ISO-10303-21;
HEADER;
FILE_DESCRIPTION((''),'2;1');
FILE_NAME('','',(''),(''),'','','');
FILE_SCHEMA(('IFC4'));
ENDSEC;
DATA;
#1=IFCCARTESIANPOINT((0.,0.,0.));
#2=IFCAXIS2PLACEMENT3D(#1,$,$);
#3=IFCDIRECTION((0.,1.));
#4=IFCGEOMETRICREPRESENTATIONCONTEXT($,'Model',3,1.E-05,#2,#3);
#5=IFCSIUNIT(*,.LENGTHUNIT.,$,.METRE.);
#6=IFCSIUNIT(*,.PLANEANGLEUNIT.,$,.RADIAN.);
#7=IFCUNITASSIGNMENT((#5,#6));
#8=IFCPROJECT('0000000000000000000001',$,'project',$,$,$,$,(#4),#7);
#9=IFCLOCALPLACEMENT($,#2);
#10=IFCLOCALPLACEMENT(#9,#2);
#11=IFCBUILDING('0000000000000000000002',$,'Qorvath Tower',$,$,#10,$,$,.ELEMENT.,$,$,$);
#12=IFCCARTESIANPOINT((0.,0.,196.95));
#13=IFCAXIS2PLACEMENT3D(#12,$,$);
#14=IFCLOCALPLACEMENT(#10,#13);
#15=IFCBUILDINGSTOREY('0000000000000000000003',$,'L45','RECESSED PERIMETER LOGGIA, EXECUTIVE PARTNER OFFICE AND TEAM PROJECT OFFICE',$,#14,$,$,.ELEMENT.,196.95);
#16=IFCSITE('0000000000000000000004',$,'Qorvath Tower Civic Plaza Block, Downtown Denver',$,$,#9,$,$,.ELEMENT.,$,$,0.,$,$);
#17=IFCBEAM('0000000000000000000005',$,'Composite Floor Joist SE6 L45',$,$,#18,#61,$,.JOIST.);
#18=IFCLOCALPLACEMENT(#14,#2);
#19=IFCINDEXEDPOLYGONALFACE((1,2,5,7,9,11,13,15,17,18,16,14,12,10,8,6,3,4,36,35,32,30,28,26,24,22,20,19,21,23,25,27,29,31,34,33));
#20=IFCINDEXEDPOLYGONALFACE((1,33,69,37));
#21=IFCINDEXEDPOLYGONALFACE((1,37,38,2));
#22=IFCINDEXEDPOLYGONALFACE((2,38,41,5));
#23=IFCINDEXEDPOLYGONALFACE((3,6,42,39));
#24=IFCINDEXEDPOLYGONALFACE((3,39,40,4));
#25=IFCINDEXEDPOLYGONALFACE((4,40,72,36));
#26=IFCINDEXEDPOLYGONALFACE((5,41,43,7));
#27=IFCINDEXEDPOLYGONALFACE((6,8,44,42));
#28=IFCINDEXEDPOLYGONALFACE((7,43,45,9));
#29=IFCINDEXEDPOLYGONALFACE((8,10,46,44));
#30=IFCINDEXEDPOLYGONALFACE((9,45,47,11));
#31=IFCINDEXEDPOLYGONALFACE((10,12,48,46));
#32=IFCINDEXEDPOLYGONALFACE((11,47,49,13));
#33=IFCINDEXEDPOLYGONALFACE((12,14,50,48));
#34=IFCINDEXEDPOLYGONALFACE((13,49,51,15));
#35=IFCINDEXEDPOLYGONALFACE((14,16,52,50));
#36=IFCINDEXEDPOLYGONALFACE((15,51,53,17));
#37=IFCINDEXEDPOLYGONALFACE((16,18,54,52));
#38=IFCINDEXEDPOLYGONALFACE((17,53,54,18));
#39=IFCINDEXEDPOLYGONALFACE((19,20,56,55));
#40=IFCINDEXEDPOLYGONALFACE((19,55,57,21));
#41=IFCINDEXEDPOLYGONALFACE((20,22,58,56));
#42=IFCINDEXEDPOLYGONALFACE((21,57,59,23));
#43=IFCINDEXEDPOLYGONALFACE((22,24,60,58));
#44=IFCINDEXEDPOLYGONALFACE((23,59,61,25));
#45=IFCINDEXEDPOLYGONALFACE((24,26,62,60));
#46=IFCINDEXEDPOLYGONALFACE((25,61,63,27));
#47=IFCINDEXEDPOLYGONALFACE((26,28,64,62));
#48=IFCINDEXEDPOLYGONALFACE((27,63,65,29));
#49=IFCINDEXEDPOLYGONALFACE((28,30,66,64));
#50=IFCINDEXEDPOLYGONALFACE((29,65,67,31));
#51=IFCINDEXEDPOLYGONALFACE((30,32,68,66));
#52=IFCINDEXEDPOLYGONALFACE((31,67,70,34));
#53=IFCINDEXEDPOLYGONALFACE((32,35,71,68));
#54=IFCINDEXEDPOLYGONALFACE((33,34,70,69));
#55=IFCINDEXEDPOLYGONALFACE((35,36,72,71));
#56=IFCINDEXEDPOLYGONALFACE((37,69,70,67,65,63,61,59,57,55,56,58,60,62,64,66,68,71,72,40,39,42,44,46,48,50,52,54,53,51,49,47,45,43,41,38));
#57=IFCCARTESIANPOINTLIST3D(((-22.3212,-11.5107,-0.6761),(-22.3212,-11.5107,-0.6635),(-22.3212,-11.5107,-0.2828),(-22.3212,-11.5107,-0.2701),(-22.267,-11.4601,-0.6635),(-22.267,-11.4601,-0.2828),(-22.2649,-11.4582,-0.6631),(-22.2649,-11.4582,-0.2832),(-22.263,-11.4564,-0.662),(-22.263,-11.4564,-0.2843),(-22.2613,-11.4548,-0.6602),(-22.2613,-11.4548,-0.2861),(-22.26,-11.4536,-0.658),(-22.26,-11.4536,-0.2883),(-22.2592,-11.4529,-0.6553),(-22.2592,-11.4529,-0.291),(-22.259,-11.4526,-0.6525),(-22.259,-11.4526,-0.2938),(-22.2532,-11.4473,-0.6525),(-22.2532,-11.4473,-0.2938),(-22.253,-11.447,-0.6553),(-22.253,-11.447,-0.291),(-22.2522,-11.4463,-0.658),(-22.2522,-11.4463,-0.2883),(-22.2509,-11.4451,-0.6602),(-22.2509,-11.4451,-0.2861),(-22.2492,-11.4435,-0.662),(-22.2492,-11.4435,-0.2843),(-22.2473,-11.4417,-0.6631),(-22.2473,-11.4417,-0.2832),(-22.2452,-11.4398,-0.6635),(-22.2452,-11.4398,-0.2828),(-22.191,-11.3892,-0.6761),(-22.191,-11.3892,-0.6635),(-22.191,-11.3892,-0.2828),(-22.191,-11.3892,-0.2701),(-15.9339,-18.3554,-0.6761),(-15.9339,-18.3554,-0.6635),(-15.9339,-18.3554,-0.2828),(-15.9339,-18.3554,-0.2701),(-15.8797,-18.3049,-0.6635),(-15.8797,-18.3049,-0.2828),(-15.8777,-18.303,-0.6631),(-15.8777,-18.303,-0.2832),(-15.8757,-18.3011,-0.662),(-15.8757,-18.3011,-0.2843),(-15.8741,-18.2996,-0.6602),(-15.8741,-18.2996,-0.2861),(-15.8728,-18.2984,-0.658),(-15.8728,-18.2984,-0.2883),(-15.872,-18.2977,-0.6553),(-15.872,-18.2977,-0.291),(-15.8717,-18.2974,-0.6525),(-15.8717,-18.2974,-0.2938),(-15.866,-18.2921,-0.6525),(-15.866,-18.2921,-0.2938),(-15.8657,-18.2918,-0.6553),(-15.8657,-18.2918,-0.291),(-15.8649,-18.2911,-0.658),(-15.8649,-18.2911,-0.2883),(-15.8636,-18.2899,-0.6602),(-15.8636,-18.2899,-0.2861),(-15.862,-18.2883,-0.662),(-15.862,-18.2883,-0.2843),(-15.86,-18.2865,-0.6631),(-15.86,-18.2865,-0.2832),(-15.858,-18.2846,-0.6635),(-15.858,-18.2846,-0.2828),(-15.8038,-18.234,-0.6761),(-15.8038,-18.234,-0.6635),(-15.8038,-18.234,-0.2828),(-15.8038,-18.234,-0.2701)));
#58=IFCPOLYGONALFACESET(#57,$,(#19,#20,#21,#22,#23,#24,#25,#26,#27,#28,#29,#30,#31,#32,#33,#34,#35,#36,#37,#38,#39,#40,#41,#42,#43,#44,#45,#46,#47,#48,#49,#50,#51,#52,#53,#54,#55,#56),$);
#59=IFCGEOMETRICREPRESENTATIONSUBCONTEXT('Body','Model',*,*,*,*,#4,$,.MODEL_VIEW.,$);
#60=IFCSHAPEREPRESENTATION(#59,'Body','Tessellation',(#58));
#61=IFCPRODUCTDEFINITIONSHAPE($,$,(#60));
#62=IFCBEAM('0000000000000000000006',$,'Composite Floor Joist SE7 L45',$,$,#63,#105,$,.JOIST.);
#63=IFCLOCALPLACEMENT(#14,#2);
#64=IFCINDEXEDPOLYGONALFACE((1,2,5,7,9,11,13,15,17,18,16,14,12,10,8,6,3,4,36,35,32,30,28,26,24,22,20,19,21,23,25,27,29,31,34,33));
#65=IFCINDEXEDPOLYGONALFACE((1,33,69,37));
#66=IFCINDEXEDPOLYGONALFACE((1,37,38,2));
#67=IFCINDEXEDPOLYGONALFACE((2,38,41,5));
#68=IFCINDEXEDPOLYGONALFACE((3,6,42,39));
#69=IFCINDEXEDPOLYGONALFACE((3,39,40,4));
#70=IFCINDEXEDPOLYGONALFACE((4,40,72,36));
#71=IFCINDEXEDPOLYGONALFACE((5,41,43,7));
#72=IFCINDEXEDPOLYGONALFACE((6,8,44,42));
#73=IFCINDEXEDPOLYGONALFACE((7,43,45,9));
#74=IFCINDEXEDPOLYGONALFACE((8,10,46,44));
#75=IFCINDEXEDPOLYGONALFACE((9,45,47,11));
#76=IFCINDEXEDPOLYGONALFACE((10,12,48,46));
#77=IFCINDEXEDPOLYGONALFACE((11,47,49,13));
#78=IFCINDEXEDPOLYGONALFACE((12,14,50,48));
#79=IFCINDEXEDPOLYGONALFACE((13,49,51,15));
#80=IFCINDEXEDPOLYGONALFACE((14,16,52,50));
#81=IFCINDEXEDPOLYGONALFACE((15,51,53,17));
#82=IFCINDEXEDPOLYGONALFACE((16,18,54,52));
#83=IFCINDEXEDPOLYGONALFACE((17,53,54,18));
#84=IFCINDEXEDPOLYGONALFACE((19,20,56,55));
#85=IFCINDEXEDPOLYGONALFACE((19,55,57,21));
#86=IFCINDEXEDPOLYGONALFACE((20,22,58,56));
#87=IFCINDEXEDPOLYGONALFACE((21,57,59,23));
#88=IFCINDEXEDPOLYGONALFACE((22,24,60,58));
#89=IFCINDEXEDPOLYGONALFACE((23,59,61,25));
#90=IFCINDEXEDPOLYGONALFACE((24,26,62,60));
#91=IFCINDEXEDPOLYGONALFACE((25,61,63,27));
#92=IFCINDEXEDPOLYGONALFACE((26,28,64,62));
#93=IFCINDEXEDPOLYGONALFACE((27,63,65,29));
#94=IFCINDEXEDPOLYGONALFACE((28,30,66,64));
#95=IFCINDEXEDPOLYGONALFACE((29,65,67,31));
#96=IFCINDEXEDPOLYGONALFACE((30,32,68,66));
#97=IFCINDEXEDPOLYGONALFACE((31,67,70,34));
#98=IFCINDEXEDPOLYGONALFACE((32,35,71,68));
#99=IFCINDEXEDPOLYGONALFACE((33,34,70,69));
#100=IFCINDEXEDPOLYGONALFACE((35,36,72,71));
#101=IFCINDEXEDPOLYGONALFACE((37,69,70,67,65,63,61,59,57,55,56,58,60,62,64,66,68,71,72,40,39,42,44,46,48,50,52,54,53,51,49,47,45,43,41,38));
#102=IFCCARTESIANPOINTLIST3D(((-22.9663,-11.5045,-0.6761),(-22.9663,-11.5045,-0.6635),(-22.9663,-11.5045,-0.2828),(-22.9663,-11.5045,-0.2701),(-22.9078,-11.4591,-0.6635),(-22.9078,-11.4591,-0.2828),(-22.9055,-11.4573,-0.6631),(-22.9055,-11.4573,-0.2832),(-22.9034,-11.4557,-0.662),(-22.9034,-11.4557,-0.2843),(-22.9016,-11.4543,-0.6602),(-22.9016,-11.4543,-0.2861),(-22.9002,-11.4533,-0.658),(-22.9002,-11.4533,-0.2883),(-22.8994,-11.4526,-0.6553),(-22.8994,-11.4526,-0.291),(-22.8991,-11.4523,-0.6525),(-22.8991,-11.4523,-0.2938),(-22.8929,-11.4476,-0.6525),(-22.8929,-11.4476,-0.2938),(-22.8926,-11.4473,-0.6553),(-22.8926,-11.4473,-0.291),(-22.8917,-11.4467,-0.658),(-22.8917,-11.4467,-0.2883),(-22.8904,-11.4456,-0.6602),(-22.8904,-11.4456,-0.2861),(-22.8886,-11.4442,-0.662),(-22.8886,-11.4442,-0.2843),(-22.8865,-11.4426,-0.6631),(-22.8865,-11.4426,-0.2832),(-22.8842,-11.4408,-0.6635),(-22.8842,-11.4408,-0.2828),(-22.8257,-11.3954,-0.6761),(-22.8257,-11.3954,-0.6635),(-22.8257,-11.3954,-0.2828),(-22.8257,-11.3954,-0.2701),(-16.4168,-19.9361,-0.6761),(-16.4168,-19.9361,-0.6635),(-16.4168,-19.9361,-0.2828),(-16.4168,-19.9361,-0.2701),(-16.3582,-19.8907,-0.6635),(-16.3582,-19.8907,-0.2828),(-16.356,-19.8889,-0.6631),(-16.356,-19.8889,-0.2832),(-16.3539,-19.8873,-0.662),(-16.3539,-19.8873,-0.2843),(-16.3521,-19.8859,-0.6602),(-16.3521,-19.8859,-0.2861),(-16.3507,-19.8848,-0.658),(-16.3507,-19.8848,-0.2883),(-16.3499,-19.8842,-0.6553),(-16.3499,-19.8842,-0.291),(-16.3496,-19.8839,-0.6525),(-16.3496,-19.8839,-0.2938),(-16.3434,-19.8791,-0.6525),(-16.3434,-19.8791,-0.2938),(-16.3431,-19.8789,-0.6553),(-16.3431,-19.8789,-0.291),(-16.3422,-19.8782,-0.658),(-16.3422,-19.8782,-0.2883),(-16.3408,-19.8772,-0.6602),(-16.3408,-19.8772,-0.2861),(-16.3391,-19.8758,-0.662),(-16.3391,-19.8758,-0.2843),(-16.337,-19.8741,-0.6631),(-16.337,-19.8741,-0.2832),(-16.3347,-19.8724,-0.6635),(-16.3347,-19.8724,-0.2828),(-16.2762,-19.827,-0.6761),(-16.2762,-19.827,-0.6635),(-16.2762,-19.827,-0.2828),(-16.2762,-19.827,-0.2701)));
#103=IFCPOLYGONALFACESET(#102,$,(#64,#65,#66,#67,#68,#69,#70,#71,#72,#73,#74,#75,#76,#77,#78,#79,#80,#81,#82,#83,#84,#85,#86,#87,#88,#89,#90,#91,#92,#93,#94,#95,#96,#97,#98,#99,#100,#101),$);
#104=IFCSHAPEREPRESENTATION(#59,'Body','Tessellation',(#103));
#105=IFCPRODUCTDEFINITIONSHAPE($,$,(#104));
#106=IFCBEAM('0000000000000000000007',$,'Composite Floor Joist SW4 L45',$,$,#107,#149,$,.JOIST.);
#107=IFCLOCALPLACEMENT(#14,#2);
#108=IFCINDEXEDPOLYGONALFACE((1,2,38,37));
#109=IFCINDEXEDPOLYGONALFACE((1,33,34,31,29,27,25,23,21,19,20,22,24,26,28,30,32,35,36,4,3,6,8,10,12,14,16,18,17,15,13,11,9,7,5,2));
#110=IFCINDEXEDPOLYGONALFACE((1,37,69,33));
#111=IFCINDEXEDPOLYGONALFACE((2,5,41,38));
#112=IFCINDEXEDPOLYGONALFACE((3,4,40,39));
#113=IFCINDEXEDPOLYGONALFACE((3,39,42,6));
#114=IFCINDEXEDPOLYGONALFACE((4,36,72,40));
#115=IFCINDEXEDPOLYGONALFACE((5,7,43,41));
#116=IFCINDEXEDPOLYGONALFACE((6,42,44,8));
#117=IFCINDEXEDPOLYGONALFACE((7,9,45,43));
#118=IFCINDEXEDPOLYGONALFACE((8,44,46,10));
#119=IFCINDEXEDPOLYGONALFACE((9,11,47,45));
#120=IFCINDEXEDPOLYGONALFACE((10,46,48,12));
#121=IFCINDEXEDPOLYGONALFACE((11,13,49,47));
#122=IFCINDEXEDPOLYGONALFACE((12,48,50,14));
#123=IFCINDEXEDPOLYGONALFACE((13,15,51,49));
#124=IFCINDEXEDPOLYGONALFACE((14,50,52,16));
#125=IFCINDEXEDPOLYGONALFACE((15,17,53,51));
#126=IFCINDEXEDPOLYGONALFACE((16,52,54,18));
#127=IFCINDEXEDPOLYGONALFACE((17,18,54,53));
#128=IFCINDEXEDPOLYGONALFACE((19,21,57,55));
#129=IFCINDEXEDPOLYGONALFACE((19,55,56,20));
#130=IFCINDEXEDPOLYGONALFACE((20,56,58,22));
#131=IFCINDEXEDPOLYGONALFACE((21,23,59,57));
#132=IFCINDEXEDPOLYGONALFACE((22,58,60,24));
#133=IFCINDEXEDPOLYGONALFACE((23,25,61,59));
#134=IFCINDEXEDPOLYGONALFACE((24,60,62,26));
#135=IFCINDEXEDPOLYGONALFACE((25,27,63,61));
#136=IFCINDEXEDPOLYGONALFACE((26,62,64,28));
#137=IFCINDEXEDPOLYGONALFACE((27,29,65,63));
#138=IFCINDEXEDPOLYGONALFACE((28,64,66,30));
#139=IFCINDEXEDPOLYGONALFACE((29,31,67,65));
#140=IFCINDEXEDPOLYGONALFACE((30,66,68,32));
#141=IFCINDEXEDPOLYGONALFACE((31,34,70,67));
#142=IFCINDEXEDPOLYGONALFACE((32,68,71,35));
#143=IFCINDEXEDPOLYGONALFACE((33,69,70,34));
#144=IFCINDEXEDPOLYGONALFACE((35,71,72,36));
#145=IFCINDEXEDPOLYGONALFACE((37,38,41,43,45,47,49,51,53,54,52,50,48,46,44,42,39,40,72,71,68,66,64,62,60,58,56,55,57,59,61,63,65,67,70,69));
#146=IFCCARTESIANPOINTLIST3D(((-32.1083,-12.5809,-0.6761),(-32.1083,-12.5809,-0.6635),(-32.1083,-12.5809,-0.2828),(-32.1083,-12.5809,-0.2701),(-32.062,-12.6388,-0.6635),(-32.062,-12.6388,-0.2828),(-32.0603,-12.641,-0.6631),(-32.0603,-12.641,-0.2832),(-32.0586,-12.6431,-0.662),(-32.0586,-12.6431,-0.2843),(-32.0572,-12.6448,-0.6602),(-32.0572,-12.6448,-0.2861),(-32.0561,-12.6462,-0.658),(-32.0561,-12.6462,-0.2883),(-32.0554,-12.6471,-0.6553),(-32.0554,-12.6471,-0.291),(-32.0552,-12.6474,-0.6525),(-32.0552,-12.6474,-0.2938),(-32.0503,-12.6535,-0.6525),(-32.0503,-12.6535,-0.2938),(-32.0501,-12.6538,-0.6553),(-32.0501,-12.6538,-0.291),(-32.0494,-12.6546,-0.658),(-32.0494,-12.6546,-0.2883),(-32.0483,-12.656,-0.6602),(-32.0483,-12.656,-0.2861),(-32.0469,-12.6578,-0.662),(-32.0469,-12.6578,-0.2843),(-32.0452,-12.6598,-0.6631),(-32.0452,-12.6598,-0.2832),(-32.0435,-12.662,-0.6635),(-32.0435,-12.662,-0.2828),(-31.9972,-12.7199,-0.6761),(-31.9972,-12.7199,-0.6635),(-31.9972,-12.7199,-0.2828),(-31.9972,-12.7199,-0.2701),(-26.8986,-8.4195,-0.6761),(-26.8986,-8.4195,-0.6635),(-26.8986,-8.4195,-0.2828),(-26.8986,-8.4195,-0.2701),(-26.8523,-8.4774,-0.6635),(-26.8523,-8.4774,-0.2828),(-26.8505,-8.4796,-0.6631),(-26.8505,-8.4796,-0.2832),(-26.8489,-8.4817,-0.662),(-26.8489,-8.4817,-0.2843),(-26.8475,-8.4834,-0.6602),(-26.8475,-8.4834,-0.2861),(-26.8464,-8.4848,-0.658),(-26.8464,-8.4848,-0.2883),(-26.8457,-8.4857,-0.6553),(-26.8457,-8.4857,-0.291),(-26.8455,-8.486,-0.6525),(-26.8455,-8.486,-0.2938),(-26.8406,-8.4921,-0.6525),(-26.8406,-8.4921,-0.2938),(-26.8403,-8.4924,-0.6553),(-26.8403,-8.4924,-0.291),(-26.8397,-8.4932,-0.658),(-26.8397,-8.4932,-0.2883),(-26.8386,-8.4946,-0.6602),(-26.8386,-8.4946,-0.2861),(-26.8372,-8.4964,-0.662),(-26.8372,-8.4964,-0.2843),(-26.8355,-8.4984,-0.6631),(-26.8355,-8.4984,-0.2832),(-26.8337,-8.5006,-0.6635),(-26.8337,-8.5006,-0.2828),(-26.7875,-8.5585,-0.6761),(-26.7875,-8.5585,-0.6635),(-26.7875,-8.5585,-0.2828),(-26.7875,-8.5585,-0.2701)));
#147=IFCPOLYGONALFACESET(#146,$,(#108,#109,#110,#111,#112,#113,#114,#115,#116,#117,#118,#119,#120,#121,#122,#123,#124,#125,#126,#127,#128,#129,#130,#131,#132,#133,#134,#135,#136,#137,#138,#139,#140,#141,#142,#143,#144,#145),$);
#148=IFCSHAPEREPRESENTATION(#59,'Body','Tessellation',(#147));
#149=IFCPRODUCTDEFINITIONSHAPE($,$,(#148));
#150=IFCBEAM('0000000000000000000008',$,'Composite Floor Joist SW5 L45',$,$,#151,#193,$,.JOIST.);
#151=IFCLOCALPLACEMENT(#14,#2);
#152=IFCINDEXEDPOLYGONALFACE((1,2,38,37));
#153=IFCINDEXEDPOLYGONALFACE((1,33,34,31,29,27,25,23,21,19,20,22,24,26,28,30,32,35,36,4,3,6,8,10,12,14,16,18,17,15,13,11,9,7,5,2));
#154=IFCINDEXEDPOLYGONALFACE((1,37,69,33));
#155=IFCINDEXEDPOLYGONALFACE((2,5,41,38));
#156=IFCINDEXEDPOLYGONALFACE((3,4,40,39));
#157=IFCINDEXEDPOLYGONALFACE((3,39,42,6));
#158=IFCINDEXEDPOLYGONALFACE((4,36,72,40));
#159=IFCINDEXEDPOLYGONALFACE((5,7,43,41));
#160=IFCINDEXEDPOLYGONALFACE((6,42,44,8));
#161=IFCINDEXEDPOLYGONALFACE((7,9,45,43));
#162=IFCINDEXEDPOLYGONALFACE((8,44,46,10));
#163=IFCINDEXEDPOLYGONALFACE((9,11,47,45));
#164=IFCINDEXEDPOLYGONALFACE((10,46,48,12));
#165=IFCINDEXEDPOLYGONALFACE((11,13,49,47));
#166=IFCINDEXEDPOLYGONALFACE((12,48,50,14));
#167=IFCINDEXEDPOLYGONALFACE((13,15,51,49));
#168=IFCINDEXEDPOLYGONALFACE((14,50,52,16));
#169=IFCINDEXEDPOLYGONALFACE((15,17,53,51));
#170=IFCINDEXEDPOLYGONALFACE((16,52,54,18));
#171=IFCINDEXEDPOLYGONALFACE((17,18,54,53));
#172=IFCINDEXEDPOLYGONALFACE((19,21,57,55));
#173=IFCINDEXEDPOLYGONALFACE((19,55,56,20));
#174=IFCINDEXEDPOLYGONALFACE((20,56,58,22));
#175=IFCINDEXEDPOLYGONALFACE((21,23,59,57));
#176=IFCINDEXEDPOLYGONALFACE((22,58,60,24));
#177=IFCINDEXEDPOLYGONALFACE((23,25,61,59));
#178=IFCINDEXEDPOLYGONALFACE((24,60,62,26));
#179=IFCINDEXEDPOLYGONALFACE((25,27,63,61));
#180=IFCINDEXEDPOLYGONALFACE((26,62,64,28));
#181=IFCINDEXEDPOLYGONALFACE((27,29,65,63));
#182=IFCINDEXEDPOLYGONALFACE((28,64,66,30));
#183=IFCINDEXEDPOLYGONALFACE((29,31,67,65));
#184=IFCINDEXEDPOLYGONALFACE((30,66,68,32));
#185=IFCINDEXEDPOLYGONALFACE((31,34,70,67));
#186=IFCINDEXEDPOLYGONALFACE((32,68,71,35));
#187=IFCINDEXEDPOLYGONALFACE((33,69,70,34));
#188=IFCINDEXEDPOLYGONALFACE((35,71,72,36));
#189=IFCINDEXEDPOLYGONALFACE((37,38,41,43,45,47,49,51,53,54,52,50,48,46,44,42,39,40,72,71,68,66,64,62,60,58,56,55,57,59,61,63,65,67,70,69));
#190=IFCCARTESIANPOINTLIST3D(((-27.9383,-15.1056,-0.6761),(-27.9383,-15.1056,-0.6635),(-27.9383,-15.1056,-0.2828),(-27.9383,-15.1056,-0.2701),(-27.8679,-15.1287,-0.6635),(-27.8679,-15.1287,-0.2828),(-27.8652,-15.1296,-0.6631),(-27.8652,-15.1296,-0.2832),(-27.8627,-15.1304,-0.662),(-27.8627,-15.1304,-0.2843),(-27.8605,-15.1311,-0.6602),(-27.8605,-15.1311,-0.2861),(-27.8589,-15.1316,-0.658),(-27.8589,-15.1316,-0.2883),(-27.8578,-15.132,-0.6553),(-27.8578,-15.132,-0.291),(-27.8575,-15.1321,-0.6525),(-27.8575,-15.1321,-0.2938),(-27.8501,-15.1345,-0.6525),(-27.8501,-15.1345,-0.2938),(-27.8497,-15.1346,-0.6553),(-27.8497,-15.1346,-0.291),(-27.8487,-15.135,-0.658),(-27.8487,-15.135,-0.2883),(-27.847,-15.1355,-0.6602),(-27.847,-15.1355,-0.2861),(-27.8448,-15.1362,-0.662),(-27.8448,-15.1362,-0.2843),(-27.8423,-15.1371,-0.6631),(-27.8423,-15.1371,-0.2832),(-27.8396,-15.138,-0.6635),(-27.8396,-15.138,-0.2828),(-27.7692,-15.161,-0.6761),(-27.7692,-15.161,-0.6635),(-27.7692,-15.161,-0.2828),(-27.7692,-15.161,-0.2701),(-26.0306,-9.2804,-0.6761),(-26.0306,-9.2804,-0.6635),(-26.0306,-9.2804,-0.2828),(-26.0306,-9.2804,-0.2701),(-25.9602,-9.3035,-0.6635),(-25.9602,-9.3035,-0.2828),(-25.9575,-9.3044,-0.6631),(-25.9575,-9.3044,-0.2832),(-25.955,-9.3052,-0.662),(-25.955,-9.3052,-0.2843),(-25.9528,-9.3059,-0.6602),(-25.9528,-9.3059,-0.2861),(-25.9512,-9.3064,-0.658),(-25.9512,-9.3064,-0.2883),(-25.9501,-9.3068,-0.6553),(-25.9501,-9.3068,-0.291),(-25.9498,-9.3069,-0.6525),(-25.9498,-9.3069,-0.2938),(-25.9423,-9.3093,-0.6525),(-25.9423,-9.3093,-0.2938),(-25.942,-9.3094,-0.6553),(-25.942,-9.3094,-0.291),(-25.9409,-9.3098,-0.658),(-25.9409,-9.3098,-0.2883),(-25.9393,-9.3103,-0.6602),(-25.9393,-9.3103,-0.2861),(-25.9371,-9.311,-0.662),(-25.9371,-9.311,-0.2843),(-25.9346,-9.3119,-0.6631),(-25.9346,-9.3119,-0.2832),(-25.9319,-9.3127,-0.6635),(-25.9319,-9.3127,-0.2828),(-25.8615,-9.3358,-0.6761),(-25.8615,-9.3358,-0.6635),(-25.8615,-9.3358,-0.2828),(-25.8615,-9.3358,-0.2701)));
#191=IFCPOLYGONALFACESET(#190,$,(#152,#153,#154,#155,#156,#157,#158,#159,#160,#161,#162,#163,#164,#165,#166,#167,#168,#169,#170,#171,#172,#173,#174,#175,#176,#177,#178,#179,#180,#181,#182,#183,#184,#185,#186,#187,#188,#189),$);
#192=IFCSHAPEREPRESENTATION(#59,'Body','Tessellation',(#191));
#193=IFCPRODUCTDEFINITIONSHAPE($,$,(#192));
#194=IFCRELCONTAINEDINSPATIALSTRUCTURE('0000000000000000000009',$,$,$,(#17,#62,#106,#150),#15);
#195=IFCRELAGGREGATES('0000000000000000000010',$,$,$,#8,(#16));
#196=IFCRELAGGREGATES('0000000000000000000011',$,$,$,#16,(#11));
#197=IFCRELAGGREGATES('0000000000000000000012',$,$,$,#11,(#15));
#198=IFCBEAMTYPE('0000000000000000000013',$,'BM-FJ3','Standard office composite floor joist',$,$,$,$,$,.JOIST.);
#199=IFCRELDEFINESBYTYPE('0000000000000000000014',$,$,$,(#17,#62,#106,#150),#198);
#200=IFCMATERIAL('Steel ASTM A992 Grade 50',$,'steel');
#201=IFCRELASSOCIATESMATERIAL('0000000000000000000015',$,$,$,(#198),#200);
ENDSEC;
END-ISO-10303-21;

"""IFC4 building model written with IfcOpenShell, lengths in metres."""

from ifc_helpers import new_model, si_unit, direction, frame, origin, origin_2d, place, context, subcontext, project, spatial, i_section, extrude, material, material_profile, profile_set, type_object, element, save


model = new_model("IFC4")

# Units and contexts
model_context = context("Model", 3, precision=1e-05, world=origin(), true_north=direction((0.0, 1.0)))
body_context = subcontext(model_context, "Body", "Model", "MODEL_VIEW")
ifc_project = project(units=[si_unit("LENGTHUNIT", "METRE"), si_unit("PLANEANGLEUNIT", "RADIAN")], contexts=[model_context])

# Site, building, storey
site_placement = place(None, origin())
site = spatial("IfcSite", under=ifc_project, at=site_placement, Name="Qorvath Tower Civic Plaza Block, Downtown Denver", CompositionType="ELEMENT", RefElevation=0.0)
building_placement = place(site_placement, origin())
building = spatial("IfcBuilding", under=site, at=building_placement, Name="Qorvath Tower", CompositionType="ELEMENT")
storey_placement = place(building_placement, frame((0.0, 0.0, 196.95)))
storey = spatial("IfcBuildingStorey", under=building, at=storey_placement, Name="L45", Description="RECESSED PERIMETER LOGGIA, EXECUTIVE PARTNER OFFICE AND TEAM PROJECT OFFICE", CompositionType="ELEMENT", Elevation=196.95)

# Beams
ifc_material_1 = material(Name="Steel ASTM A992 Grade 50", Category="steel")
ifc_material_profile_1 = material_profile(ifc_material_1, i_section(OverallWidth=0.178, OverallDepth=0.406, WebThickness=0.0078, FlangeThickness=0.0127, FilletRadius=0.011, at=origin_2d()), Name="W16x40")
ifc_profile_set_1 = profile_set([ifc_material_profile_1], Name="Steel ASTM A992 Grade 50")
beam_type_1 = type_object("IfcBeamType", Name="BM-FJ3", Description="Standard office composite floor joist", PredefinedType="JOIST", material=ifc_profile_set_1)
beam_1_placement = place(storey_placement, frame((-22.2561, -11.45, -0.4731), z_axis=(0.682249, -0.731119, 0.0), x_axis=(0.731119, 0.682249, 0.0)))
element("IfcBeam", 1, at=beam_1_placement, inside=storey, type_object=beam_type_1, Name="Composite Floor Joist SE6 L45", PredefinedType="JOIST", context=body_context, shape_type="SweptSolid", body=[
    extrude(i_section(OverallWidth=0.178, OverallDepth=0.406, WebThickness=0.0078, FlangeThickness=0.0127, FilletRadius=0.011, at=origin_2d()), origin(), (0.0, 0.0, 1.0), 9.3621),
])
beam_2_placement = place(storey_placement, frame((-22.896, -11.45, -0.4731), z_axis=(0.613451, -0.789733, 0.0), x_axis=(0.789733, 0.613451, 0.0)))
element("IfcBeam", 2, at=beam_2_placement, inside=storey, type_object=beam_type_1, Name="Composite Floor Joist SE7 L45", PredefinedType="JOIST", context=body_context, shape_type="SweptSolid", body=[
    extrude(i_section(OverallWidth=0.178, OverallDepth=0.406, WebThickness=0.0078, FlangeThickness=0.0127, FilletRadius=0.011, at=origin_2d()), origin(), (0.0, 0.0, 1.0), 10.6765),
])
beam_3_placement = place(storey_placement, frame((-26.843, -8.489, -0.4731), z_axis=(-0.781337, -0.62411, 0.0), x_axis=(0.62411, -0.781337, 0.0)))
element("IfcBeam", 3, at=beam_3_placement, inside=storey, type_object=beam_type_1, Name="Composite Floor Joist SW4 L45", PredefinedType="JOIST", context=body_context, shape_type="SweptSolid", body=[
    extrude(i_section(OverallWidth=0.178, OverallDepth=0.406, WebThickness=0.0078, FlangeThickness=0.0127, FilletRadius=0.011, at=origin_2d()), origin(), (0.0, 0.0, 1.0), 6.6677),
])
beam_4_placement = place(storey_placement, frame((-25.946, -9.3081, -0.4731), z_axis=(-0.311229, -0.950335, 0.0), x_axis=(0.950335, -0.311229, 0.0)))
element("IfcBeam", 4, at=beam_4_placement, inside=storey, type_object=beam_type_1, Name="Composite Floor Joist SW5 L45", PredefinedType="JOIST", context=body_context, shape_type="SweptSolid", body=[
    extrude(i_section(OverallWidth=0.178, OverallDepth=0.406, WebThickness=0.0078, FlangeThickness=0.0127, FilletRadius=0.011, at=origin_2d()), origin(), (0.0, 0.0, 1.0), 6.1296),
])

save(model, "model.ifc")
